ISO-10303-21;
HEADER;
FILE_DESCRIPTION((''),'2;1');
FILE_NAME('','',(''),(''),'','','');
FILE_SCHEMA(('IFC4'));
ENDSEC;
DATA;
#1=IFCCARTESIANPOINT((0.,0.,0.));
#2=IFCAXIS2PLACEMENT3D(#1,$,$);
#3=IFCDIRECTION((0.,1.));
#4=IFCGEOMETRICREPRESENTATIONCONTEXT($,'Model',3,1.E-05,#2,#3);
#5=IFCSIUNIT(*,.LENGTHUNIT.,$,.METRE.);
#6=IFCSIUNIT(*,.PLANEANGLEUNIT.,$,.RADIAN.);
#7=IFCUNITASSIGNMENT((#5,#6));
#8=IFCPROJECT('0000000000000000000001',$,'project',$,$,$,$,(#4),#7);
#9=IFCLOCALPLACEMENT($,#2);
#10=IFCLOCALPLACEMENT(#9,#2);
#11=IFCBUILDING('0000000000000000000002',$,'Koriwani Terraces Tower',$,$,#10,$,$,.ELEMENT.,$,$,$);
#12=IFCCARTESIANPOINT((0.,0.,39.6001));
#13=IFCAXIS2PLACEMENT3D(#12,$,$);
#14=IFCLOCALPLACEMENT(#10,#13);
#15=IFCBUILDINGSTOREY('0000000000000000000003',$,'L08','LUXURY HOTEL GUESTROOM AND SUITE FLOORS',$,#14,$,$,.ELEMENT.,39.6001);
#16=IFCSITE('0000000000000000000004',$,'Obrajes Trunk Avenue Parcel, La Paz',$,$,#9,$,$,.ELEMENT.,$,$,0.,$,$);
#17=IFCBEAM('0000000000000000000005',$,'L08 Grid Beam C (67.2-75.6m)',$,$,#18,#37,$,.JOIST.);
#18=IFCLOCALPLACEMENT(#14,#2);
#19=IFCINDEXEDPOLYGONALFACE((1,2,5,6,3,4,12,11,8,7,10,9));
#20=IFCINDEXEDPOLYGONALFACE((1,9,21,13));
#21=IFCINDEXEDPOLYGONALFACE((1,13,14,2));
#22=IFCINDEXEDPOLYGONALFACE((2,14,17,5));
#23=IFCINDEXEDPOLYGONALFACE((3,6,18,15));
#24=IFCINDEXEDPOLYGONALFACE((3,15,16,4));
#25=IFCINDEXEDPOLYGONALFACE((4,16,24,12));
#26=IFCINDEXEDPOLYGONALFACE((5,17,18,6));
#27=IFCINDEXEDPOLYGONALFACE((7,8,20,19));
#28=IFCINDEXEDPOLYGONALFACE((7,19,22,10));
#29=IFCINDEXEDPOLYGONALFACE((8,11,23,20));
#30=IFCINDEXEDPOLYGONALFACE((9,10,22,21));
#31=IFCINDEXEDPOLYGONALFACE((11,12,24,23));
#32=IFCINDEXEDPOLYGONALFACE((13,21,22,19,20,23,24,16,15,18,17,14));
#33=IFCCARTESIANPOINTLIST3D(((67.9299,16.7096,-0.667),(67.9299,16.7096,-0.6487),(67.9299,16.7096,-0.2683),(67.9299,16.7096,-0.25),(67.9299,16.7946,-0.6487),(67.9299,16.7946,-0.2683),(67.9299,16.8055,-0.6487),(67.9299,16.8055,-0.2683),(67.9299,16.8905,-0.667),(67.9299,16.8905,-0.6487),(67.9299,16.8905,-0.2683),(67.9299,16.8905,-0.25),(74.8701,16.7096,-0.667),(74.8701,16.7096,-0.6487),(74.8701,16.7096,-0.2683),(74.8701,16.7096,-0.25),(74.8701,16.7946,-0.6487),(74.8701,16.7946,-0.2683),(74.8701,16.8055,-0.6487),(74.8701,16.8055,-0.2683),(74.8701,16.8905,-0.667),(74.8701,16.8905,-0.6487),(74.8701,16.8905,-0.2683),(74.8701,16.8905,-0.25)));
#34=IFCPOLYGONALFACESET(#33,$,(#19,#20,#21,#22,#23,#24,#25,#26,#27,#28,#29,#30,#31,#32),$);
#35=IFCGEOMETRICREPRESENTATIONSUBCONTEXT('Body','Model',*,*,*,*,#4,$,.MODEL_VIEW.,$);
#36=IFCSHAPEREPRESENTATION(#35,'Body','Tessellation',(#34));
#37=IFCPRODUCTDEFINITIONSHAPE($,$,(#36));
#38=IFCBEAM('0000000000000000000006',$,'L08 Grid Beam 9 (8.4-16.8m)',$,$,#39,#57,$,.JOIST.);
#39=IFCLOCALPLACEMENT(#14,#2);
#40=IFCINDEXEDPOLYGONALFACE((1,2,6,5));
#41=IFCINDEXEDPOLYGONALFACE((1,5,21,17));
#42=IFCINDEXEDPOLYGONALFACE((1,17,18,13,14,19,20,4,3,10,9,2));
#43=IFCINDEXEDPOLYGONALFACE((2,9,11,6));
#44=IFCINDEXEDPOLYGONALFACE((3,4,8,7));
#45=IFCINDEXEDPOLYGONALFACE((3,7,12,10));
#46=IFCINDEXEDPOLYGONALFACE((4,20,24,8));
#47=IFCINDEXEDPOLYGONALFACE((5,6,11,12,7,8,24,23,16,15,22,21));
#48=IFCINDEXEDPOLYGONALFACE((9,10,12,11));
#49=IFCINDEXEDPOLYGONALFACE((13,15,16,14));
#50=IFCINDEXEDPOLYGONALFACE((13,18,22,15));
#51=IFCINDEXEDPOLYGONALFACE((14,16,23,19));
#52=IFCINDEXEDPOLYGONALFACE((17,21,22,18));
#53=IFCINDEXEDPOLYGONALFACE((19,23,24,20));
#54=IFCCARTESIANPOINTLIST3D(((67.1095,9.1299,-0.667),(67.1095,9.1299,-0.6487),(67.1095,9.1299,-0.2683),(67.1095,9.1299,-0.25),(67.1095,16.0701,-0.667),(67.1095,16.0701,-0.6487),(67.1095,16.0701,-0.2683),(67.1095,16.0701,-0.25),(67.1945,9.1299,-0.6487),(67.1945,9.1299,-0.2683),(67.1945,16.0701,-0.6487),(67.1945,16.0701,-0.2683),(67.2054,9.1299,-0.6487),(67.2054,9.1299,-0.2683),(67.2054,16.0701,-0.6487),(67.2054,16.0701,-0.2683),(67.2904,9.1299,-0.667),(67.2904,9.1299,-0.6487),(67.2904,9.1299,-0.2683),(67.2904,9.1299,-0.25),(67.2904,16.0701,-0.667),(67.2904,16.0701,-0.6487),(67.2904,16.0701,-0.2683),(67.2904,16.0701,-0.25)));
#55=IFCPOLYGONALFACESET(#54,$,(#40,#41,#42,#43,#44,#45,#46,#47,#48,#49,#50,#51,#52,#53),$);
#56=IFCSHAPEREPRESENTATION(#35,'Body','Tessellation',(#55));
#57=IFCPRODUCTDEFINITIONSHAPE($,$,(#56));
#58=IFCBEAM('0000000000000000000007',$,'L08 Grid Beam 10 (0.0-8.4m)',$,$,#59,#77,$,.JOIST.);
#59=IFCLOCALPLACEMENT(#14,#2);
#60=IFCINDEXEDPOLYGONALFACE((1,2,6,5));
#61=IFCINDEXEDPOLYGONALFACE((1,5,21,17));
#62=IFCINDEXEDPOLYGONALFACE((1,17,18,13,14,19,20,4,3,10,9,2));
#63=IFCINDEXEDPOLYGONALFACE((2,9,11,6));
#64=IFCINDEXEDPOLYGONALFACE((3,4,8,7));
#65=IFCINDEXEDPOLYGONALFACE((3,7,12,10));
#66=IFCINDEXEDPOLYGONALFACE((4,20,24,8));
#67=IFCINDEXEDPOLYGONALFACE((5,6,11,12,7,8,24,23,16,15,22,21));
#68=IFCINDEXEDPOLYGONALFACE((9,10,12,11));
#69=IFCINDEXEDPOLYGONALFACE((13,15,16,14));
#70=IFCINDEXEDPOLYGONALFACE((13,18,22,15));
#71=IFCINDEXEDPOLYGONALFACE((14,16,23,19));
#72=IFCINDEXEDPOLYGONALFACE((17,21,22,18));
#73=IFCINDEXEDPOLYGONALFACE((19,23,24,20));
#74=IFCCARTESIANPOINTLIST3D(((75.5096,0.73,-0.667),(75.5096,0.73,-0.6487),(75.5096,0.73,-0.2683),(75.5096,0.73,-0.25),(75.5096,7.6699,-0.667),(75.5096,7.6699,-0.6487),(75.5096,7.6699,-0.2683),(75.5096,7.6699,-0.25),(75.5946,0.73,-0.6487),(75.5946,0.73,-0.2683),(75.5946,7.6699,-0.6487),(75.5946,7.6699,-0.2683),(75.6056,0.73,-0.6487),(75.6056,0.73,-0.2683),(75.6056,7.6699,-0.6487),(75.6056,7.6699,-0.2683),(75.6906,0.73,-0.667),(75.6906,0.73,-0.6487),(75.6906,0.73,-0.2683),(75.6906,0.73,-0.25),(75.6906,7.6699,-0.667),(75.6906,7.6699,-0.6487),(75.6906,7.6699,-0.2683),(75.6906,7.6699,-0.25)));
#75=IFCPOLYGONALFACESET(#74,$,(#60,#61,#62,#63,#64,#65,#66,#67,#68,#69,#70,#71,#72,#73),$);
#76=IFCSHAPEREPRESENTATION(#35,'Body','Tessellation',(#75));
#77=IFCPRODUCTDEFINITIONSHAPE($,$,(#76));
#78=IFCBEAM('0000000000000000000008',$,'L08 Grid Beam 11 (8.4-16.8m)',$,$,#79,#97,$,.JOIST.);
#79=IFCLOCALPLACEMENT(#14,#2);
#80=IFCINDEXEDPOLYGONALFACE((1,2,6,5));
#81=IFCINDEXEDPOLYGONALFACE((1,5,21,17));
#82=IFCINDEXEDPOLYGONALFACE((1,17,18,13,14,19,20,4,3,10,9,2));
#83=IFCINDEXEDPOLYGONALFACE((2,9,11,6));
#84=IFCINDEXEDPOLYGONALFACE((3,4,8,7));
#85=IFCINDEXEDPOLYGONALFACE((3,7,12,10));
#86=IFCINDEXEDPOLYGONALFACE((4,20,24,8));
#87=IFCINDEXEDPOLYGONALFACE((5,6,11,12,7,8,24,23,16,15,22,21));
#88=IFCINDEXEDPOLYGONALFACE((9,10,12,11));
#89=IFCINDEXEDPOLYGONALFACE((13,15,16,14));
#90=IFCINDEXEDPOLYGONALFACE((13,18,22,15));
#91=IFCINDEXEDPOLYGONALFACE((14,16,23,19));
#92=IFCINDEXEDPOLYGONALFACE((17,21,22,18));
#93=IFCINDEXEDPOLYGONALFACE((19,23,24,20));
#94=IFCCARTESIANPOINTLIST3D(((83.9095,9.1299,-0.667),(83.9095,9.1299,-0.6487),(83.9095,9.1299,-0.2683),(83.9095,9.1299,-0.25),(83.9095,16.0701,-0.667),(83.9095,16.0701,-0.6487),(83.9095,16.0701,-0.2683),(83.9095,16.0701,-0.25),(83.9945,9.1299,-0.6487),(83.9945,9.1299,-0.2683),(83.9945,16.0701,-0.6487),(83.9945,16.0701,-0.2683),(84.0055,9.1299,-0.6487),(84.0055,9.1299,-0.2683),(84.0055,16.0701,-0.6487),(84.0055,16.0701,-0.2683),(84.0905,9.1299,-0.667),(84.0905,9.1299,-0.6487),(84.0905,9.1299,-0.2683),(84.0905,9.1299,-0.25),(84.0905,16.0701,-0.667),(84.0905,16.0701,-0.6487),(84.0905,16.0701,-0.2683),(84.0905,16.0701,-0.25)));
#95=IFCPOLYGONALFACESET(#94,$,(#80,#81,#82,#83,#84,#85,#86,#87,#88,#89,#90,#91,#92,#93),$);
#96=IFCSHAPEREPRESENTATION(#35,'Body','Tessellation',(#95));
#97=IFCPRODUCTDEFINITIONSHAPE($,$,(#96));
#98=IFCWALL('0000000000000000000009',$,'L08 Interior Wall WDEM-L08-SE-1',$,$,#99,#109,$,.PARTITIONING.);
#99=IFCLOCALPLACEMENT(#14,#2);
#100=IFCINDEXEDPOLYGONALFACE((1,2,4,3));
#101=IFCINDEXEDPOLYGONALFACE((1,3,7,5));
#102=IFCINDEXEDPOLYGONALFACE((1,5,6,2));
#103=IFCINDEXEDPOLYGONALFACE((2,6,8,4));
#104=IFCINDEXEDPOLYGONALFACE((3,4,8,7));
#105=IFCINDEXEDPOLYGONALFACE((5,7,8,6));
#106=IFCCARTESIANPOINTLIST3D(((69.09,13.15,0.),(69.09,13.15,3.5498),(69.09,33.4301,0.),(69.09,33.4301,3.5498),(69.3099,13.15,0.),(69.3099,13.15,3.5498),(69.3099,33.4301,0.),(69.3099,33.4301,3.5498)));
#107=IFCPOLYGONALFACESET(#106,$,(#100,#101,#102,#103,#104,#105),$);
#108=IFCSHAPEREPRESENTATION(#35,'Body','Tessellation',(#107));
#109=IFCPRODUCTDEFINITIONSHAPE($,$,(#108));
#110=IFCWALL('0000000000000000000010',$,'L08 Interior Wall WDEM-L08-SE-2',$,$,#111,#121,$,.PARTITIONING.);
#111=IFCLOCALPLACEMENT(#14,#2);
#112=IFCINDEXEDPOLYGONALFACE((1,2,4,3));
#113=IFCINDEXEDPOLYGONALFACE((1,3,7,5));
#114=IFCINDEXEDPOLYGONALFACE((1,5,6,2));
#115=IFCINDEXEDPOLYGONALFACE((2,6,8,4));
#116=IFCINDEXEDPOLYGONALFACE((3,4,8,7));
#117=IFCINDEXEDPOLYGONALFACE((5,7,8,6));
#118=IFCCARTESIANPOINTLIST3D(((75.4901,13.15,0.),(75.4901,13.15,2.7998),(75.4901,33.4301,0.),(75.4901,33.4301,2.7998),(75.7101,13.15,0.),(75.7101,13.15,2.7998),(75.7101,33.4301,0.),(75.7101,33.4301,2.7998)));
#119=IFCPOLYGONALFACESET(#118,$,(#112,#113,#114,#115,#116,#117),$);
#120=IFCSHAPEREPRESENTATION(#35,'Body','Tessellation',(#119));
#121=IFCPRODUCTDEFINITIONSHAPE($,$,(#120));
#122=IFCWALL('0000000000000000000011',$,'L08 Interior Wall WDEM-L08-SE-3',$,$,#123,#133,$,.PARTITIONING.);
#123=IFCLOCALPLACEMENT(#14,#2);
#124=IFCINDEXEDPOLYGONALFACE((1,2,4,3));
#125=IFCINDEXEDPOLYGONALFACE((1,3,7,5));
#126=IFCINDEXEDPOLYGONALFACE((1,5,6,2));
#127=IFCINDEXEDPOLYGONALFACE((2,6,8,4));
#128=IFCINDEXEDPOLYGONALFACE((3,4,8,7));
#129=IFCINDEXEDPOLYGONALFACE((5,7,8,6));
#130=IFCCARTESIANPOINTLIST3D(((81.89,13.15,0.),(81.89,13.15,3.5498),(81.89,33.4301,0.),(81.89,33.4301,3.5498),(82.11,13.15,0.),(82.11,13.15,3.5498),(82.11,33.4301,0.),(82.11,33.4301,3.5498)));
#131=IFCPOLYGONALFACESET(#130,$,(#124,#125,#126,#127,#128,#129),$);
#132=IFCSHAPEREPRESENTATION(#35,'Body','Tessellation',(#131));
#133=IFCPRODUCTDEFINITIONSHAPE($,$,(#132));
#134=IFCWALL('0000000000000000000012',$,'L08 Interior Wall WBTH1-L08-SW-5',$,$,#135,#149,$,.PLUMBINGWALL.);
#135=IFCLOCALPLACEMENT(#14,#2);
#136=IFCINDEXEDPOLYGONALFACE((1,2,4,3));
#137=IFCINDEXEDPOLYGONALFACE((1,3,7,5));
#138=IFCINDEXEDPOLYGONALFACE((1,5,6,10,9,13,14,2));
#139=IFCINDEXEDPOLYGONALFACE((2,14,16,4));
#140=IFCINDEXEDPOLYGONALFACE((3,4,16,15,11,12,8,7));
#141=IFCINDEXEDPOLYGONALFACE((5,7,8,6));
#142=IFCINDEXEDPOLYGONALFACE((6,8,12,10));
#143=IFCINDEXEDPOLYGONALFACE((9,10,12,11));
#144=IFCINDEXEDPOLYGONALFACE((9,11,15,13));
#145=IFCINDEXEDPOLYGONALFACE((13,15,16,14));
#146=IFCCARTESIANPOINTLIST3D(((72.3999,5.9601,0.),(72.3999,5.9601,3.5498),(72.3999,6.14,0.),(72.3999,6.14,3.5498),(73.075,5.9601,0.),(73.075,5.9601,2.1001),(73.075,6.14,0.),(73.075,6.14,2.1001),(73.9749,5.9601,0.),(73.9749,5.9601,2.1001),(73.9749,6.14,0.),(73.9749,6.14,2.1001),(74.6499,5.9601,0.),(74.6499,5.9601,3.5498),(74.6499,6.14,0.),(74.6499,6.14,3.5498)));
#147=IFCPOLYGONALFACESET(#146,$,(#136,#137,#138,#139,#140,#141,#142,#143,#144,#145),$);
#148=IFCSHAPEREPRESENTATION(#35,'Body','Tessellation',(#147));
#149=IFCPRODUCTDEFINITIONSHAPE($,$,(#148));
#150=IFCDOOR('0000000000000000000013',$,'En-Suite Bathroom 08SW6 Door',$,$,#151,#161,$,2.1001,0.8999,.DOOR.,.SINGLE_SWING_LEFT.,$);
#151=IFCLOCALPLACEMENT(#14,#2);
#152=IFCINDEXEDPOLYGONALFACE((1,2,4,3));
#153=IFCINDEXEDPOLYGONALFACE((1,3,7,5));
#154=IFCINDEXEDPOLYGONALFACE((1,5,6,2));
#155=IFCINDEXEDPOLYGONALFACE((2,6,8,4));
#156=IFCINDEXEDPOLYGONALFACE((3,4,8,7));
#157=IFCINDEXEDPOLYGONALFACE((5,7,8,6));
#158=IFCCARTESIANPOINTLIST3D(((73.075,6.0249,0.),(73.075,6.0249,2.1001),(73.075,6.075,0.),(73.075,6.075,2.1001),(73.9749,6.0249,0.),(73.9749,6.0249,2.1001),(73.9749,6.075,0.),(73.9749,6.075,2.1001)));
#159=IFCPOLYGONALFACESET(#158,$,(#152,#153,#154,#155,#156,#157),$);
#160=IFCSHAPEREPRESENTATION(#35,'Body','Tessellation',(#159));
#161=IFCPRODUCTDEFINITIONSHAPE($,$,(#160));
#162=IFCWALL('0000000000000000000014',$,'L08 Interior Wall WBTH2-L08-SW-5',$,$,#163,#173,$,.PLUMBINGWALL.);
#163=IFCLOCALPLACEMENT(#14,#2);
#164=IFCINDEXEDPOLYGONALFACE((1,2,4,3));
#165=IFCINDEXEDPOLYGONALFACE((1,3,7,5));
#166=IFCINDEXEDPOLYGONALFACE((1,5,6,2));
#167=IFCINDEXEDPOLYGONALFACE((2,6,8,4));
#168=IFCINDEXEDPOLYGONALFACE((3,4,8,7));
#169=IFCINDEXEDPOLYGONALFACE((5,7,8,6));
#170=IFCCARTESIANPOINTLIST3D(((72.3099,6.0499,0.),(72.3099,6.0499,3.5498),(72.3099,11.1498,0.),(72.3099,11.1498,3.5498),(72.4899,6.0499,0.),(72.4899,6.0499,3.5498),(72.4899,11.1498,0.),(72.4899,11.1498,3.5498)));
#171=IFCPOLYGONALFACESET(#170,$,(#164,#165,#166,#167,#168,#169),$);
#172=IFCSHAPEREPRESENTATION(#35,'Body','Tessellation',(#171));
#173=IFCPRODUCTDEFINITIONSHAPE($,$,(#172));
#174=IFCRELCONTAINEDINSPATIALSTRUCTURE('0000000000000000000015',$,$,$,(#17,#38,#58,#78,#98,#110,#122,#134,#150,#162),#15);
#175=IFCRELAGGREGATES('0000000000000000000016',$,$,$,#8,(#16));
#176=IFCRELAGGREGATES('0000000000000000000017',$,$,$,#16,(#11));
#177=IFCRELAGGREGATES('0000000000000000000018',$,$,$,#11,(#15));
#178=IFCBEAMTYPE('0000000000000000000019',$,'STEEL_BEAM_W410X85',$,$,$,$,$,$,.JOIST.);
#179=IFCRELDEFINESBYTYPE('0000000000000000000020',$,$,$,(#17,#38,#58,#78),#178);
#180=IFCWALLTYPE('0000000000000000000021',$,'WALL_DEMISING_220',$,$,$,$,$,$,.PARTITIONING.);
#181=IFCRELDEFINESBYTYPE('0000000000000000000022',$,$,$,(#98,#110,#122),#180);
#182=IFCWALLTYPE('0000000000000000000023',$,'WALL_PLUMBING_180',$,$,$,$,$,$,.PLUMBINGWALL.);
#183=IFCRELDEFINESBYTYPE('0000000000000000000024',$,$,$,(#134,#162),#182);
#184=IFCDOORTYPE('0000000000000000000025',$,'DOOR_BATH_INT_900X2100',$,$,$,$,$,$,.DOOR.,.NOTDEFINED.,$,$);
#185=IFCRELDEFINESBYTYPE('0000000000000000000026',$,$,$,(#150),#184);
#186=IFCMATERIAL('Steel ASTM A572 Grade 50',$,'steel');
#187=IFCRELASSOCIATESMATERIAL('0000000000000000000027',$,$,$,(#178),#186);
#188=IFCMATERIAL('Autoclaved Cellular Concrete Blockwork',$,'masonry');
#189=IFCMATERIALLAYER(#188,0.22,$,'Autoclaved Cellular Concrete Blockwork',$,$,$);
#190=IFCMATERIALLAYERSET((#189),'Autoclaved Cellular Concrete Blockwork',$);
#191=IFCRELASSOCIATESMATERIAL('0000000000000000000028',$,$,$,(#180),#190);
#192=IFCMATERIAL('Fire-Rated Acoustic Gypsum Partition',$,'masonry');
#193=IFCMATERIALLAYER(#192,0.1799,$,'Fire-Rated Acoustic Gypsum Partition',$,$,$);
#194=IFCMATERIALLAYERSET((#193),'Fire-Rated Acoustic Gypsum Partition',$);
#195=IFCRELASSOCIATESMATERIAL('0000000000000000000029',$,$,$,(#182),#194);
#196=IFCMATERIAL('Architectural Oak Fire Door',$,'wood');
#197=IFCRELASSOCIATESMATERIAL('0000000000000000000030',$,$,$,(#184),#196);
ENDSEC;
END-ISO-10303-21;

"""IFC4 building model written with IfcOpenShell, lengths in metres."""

from ifc_helpers import new_model, si_unit, direction, frame, frame_2d, origin, origin_2d, place, context, subcontext, project, spatial, rectangle, i_section, extrude, material, layer, layer_set, material_profile, profile_set, type_object, element, fill, save


model = new_model("IFC4")

# Units and contexts
model_context = context("Model", 3, precision=1e-05, world=origin(), true_north=direction((0.0, 1.0)))
body_context = subcontext(model_context, "Body", "Model", "MODEL_VIEW")
ifc_project = project(units=[si_unit("LENGTHUNIT", "METRE"), si_unit("PLANEANGLEUNIT", "RADIAN")], contexts=[model_context])

# Site, building, storey
site_placement = place(None, origin())
site = spatial("IfcSite", under=ifc_project, at=site_placement, Name="Obrajes Trunk Avenue Parcel, La Paz", CompositionType="ELEMENT", RefElevation=0.0)
building_placement = place(site_placement, origin())
building = spatial("IfcBuilding", under=site, at=building_placement, Name="Koriwani Terraces Tower", CompositionType="ELEMENT")
storey_placement = place(building_placement, frame((0.0, 0.0, 39.6001)))
storey = spatial("IfcBuildingStorey", under=building, at=storey_placement, Name="L08", Description="LUXURY HOTEL GUESTROOM AND SUITE FLOORS", CompositionType="ELEMENT", Elevation=39.6001)

# Beams
ifc_material_1 = material(Name="Steel ASTM A572 Grade 50", Category="steel")
ifc_material_profile_1 = material_profile(ifc_material_1, i_section(OverallWidth=0.1809, OverallDepth=0.417, WebThickness=0.011, FlangeThickness=0.0183, at=origin_2d()), Name="Steel ASTM A572 Grade 50", Category="LoadBearing")
ifc_profile_set_1 = profile_set([ifc_material_profile_1], Name="Steel ASTM A572 Grade 50")
beam_type_1 = type_object("IfcBeamType", Name="STEEL_BEAM_W410X85", PredefinedType="JOIST", material=ifc_profile_set_1)
for number, where, z_axis, x_axis, name in (
    (1, (67.9299, 16.8, -0.4585), (1.0, 0.0, 0.0), (0.0, 1.0, 0.0), "L08 Grid Beam C (67.2-75.6m)"),
    (2, (67.2, 9.1299, -0.4585), (0.0, 1.0, 0.0), (-1.0, 0.0, 0.0), "L08 Grid Beam 9 (8.4-16.8m)"),
):
    element("IfcBeam", number, at=place(storey_placement, frame(where, z_axis=z_axis, x_axis=x_axis)), inside=storey, type_object=beam_type_1, Name=name, PredefinedType="JOIST", context=body_context, shape_type="SweptSolid", body=[
        extrude(i_section(OverallWidth=0.1809, OverallDepth=0.417, WebThickness=0.011, FlangeThickness=0.0183, at=origin_2d()), origin(), (0.0, 0.0, 1.0), 6.9402),
    ])
beam_1_placement = place(storey_placement, frame((75.6001, 0.73, -0.4585), z_axis=(0.0, 1.0, 0.0), x_axis=(-1.0, 0.0, 0.0)))
element("IfcBeam", 3, at=beam_1_placement, inside=storey, type_object=beam_type_1, Name="L08 Grid Beam 10 (0.0-8.4m)", PredefinedType="JOIST", context=body_context, shape_type="SweptSolid", body=[
    extrude(i_section(OverallWidth=0.1809, OverallDepth=0.417, WebThickness=0.011, FlangeThickness=0.0183, at=origin_2d()), origin(), (0.0, 0.0, 1.0), 6.9399),
])
beam_2_placement = place(storey_placement, frame((84.0, 9.1299, -0.4585), z_axis=(0.0, 1.0, 0.0), x_axis=(-1.0, 0.0, 0.0)))
element("IfcBeam", 4, at=beam_2_placement, inside=storey, type_object=beam_type_1, Name="L08 Grid Beam 11 (8.4-16.8m)", PredefinedType="JOIST", context=body_context, shape_type="SweptSolid", body=[
    extrude(i_section(OverallWidth=0.1809, OverallDepth=0.417, WebThickness=0.011, FlangeThickness=0.0183, at=origin_2d()), origin(), (0.0, 0.0, 1.0), 6.9402),
])

# Walls
ifc_material_2 = material(Name="Autoclaved Cellular Concrete Blockwork", Category="masonry")
ifc_layer_1 = layer(ifc_material_2, 0.22, Name="Autoclaved Cellular Concrete Blockwork")
ifc_layer_set_1 = layer_set([ifc_layer_1], Name="Autoclaved Cellular Concrete Blockwork")
wall_type_1 = type_object("IfcWallType", Name="WALL_DEMISING_220", PredefinedType="PARTITIONING", material=ifc_layer_set_1)
wall_1_placement = place(storey_placement, frame((69.2, 13.1499, 0.0), z_axis=(0.0, 0.0, 1.0), x_axis=(0.0, 1.0, 0.0)))
element("IfcWall", 5, at=wall_1_placement, inside=storey, type_object=wall_type_1, Name="L08 Interior Wall WDEM-L08-SE-1", PredefinedType="PARTITIONING", context=body_context, shape_type="SweptSolid", body=[
    extrude(rectangle(XDim=20.28, YDim=0.22, at=frame_2d((10.1401, 0.0))), origin(), (0.0, 0.0, 1.0), 3.5498),
])
wall_2_placement = place(storey_placement, frame((75.6001, 13.1499, 0.0), z_axis=(0.0, 0.0, 1.0), x_axis=(0.0, 1.0, 0.0)))
element("IfcWall", 6, at=wall_2_placement, inside=storey, type_object=wall_type_1, Name="L08 Interior Wall WDEM-L08-SE-2", PredefinedType="PARTITIONING", context=body_context, shape_type="SweptSolid", body=[
    extrude(rectangle(XDim=20.28, YDim=0.22, at=frame_2d((10.1401, 0.0))), origin(), (0.0, 0.0, 1.0), 2.7998),
])
wall_3_placement = place(storey_placement, frame((82.0, 13.1499, 0.0), z_axis=(0.0, 0.0, 1.0), x_axis=(0.0, 1.0, 0.0)))
element("IfcWall", 7, at=wall_3_placement, inside=storey, type_object=wall_type_1, Name="L08 Interior Wall WDEM-L08-SE-3", PredefinedType="PARTITIONING", context=body_context, shape_type="SweptSolid", body=[
    extrude(rectangle(XDim=20.28, YDim=0.22, at=frame_2d((10.1401, 0.0))), origin(), (0.0, 0.0, 1.0), 3.5498),
])

# Wall, opening, door
ifc_material_3 = material(Name="Fire-Rated Acoustic Gypsum Partition", Category="masonry")
ifc_layer_2 = layer(ifc_material_3, 0.1799, Name="Fire-Rated Acoustic Gypsum Partition")
ifc_layer_set_2 = layer_set([ifc_layer_2], Name="Fire-Rated Acoustic Gypsum Partition")
wall_type_2 = type_object("IfcWallType", Name="WALL_PLUMBING_180", PredefinedType="PLUMBINGWALL", material=ifc_layer_set_2)
wall_4_placement = place(storey_placement, frame((72.3999, 6.05, 0.0), z_axis=(0.0, 0.0, 1.0), x_axis=(1.0, 0.0, 0.0)))
wall_4 = element("IfcWall", 8, at=wall_4_placement, inside=storey, type_object=wall_type_2, Name="L08 Interior Wall WBTH1-L08-SW-5", PredefinedType="PLUMBINGWALL", context=body_context, shape_type="SweptSolid", body=[
    extrude(rectangle(XDim=2.25, YDim=0.1799, at=frame_2d((1.125, 0.0))), origin(), (0.0, 0.0, 1.0), 3.5498),
])
opening_1_placement = place(wall_4_placement, frame((0.675, 0.0, 0.0)))
opening_1 = element("IfcOpeningElement", 9, at=opening_1_placement, cuts=wall_4, PredefinedType="OPENING", context=body_context, shape_type="SweptSolid", body=[
    extrude(rectangle(XDim=0.8999, YDim=2.1001, at=frame_2d((0.45, 1.05))), frame((0.0, 0.1001, 0.0), z_axis=(0.0, -1.0, 0.0), x_axis=(1.0, 0.0, 0.0)), (0.0, 0.0, 1.0), 0.2),
])
ifc_material_4 = material(Name="Architectural Oak Fire Door", Category="wood")
door_type = type_object("IfcDoorType", Name="DOOR_BATH_INT_900X2100", OperationType="NOTDEFINED", PredefinedType="DOOR", material=ifc_material_4)
door_1_placement = place(opening_1_placement, origin())
door_1 = element("IfcDoor", 10, at=door_1_placement, inside=storey, type_object=door_type, Name="En-Suite Bathroom 08SW6 Door", OperationType="SINGLE_SWING_LEFT", OverallHeight=2.1001, OverallWidth=0.8999, PredefinedType="DOOR", context=body_context, shape_type="SweptSolid", body=[
    extrude(rectangle(XDim=0.8999, YDim=2.1001, at=frame_2d((0.45, 1.05))), frame((0.0, 0.0249, 0.0), z_axis=(0.0, -1.0, 0.0), x_axis=(1.0, 0.0, 0.0)), (0.0, 0.0, 1.0), 0.05),
])
fill(opening_1, door_1)

# Wall
wall_5_placement = place(storey_placement, frame((72.3999, 6.05, 0.0), z_axis=(0.0, 0.0, 1.0), x_axis=(0.0, 1.0, 0.0)))
element("IfcWall", 11, at=wall_5_placement, inside=storey, type_object=wall_type_2, Name="L08 Interior Wall WBTH2-L08-SW-5", PredefinedType="PLUMBINGWALL", context=body_context, shape_type="SweptSolid", body=[
    extrude(rectangle(XDim=5.0999, YDim=0.1799, at=frame_2d((2.5498, 0.0))), origin(), (0.0, 0.0, 1.0), 3.5498),
])

save(model, "model.ifc")
